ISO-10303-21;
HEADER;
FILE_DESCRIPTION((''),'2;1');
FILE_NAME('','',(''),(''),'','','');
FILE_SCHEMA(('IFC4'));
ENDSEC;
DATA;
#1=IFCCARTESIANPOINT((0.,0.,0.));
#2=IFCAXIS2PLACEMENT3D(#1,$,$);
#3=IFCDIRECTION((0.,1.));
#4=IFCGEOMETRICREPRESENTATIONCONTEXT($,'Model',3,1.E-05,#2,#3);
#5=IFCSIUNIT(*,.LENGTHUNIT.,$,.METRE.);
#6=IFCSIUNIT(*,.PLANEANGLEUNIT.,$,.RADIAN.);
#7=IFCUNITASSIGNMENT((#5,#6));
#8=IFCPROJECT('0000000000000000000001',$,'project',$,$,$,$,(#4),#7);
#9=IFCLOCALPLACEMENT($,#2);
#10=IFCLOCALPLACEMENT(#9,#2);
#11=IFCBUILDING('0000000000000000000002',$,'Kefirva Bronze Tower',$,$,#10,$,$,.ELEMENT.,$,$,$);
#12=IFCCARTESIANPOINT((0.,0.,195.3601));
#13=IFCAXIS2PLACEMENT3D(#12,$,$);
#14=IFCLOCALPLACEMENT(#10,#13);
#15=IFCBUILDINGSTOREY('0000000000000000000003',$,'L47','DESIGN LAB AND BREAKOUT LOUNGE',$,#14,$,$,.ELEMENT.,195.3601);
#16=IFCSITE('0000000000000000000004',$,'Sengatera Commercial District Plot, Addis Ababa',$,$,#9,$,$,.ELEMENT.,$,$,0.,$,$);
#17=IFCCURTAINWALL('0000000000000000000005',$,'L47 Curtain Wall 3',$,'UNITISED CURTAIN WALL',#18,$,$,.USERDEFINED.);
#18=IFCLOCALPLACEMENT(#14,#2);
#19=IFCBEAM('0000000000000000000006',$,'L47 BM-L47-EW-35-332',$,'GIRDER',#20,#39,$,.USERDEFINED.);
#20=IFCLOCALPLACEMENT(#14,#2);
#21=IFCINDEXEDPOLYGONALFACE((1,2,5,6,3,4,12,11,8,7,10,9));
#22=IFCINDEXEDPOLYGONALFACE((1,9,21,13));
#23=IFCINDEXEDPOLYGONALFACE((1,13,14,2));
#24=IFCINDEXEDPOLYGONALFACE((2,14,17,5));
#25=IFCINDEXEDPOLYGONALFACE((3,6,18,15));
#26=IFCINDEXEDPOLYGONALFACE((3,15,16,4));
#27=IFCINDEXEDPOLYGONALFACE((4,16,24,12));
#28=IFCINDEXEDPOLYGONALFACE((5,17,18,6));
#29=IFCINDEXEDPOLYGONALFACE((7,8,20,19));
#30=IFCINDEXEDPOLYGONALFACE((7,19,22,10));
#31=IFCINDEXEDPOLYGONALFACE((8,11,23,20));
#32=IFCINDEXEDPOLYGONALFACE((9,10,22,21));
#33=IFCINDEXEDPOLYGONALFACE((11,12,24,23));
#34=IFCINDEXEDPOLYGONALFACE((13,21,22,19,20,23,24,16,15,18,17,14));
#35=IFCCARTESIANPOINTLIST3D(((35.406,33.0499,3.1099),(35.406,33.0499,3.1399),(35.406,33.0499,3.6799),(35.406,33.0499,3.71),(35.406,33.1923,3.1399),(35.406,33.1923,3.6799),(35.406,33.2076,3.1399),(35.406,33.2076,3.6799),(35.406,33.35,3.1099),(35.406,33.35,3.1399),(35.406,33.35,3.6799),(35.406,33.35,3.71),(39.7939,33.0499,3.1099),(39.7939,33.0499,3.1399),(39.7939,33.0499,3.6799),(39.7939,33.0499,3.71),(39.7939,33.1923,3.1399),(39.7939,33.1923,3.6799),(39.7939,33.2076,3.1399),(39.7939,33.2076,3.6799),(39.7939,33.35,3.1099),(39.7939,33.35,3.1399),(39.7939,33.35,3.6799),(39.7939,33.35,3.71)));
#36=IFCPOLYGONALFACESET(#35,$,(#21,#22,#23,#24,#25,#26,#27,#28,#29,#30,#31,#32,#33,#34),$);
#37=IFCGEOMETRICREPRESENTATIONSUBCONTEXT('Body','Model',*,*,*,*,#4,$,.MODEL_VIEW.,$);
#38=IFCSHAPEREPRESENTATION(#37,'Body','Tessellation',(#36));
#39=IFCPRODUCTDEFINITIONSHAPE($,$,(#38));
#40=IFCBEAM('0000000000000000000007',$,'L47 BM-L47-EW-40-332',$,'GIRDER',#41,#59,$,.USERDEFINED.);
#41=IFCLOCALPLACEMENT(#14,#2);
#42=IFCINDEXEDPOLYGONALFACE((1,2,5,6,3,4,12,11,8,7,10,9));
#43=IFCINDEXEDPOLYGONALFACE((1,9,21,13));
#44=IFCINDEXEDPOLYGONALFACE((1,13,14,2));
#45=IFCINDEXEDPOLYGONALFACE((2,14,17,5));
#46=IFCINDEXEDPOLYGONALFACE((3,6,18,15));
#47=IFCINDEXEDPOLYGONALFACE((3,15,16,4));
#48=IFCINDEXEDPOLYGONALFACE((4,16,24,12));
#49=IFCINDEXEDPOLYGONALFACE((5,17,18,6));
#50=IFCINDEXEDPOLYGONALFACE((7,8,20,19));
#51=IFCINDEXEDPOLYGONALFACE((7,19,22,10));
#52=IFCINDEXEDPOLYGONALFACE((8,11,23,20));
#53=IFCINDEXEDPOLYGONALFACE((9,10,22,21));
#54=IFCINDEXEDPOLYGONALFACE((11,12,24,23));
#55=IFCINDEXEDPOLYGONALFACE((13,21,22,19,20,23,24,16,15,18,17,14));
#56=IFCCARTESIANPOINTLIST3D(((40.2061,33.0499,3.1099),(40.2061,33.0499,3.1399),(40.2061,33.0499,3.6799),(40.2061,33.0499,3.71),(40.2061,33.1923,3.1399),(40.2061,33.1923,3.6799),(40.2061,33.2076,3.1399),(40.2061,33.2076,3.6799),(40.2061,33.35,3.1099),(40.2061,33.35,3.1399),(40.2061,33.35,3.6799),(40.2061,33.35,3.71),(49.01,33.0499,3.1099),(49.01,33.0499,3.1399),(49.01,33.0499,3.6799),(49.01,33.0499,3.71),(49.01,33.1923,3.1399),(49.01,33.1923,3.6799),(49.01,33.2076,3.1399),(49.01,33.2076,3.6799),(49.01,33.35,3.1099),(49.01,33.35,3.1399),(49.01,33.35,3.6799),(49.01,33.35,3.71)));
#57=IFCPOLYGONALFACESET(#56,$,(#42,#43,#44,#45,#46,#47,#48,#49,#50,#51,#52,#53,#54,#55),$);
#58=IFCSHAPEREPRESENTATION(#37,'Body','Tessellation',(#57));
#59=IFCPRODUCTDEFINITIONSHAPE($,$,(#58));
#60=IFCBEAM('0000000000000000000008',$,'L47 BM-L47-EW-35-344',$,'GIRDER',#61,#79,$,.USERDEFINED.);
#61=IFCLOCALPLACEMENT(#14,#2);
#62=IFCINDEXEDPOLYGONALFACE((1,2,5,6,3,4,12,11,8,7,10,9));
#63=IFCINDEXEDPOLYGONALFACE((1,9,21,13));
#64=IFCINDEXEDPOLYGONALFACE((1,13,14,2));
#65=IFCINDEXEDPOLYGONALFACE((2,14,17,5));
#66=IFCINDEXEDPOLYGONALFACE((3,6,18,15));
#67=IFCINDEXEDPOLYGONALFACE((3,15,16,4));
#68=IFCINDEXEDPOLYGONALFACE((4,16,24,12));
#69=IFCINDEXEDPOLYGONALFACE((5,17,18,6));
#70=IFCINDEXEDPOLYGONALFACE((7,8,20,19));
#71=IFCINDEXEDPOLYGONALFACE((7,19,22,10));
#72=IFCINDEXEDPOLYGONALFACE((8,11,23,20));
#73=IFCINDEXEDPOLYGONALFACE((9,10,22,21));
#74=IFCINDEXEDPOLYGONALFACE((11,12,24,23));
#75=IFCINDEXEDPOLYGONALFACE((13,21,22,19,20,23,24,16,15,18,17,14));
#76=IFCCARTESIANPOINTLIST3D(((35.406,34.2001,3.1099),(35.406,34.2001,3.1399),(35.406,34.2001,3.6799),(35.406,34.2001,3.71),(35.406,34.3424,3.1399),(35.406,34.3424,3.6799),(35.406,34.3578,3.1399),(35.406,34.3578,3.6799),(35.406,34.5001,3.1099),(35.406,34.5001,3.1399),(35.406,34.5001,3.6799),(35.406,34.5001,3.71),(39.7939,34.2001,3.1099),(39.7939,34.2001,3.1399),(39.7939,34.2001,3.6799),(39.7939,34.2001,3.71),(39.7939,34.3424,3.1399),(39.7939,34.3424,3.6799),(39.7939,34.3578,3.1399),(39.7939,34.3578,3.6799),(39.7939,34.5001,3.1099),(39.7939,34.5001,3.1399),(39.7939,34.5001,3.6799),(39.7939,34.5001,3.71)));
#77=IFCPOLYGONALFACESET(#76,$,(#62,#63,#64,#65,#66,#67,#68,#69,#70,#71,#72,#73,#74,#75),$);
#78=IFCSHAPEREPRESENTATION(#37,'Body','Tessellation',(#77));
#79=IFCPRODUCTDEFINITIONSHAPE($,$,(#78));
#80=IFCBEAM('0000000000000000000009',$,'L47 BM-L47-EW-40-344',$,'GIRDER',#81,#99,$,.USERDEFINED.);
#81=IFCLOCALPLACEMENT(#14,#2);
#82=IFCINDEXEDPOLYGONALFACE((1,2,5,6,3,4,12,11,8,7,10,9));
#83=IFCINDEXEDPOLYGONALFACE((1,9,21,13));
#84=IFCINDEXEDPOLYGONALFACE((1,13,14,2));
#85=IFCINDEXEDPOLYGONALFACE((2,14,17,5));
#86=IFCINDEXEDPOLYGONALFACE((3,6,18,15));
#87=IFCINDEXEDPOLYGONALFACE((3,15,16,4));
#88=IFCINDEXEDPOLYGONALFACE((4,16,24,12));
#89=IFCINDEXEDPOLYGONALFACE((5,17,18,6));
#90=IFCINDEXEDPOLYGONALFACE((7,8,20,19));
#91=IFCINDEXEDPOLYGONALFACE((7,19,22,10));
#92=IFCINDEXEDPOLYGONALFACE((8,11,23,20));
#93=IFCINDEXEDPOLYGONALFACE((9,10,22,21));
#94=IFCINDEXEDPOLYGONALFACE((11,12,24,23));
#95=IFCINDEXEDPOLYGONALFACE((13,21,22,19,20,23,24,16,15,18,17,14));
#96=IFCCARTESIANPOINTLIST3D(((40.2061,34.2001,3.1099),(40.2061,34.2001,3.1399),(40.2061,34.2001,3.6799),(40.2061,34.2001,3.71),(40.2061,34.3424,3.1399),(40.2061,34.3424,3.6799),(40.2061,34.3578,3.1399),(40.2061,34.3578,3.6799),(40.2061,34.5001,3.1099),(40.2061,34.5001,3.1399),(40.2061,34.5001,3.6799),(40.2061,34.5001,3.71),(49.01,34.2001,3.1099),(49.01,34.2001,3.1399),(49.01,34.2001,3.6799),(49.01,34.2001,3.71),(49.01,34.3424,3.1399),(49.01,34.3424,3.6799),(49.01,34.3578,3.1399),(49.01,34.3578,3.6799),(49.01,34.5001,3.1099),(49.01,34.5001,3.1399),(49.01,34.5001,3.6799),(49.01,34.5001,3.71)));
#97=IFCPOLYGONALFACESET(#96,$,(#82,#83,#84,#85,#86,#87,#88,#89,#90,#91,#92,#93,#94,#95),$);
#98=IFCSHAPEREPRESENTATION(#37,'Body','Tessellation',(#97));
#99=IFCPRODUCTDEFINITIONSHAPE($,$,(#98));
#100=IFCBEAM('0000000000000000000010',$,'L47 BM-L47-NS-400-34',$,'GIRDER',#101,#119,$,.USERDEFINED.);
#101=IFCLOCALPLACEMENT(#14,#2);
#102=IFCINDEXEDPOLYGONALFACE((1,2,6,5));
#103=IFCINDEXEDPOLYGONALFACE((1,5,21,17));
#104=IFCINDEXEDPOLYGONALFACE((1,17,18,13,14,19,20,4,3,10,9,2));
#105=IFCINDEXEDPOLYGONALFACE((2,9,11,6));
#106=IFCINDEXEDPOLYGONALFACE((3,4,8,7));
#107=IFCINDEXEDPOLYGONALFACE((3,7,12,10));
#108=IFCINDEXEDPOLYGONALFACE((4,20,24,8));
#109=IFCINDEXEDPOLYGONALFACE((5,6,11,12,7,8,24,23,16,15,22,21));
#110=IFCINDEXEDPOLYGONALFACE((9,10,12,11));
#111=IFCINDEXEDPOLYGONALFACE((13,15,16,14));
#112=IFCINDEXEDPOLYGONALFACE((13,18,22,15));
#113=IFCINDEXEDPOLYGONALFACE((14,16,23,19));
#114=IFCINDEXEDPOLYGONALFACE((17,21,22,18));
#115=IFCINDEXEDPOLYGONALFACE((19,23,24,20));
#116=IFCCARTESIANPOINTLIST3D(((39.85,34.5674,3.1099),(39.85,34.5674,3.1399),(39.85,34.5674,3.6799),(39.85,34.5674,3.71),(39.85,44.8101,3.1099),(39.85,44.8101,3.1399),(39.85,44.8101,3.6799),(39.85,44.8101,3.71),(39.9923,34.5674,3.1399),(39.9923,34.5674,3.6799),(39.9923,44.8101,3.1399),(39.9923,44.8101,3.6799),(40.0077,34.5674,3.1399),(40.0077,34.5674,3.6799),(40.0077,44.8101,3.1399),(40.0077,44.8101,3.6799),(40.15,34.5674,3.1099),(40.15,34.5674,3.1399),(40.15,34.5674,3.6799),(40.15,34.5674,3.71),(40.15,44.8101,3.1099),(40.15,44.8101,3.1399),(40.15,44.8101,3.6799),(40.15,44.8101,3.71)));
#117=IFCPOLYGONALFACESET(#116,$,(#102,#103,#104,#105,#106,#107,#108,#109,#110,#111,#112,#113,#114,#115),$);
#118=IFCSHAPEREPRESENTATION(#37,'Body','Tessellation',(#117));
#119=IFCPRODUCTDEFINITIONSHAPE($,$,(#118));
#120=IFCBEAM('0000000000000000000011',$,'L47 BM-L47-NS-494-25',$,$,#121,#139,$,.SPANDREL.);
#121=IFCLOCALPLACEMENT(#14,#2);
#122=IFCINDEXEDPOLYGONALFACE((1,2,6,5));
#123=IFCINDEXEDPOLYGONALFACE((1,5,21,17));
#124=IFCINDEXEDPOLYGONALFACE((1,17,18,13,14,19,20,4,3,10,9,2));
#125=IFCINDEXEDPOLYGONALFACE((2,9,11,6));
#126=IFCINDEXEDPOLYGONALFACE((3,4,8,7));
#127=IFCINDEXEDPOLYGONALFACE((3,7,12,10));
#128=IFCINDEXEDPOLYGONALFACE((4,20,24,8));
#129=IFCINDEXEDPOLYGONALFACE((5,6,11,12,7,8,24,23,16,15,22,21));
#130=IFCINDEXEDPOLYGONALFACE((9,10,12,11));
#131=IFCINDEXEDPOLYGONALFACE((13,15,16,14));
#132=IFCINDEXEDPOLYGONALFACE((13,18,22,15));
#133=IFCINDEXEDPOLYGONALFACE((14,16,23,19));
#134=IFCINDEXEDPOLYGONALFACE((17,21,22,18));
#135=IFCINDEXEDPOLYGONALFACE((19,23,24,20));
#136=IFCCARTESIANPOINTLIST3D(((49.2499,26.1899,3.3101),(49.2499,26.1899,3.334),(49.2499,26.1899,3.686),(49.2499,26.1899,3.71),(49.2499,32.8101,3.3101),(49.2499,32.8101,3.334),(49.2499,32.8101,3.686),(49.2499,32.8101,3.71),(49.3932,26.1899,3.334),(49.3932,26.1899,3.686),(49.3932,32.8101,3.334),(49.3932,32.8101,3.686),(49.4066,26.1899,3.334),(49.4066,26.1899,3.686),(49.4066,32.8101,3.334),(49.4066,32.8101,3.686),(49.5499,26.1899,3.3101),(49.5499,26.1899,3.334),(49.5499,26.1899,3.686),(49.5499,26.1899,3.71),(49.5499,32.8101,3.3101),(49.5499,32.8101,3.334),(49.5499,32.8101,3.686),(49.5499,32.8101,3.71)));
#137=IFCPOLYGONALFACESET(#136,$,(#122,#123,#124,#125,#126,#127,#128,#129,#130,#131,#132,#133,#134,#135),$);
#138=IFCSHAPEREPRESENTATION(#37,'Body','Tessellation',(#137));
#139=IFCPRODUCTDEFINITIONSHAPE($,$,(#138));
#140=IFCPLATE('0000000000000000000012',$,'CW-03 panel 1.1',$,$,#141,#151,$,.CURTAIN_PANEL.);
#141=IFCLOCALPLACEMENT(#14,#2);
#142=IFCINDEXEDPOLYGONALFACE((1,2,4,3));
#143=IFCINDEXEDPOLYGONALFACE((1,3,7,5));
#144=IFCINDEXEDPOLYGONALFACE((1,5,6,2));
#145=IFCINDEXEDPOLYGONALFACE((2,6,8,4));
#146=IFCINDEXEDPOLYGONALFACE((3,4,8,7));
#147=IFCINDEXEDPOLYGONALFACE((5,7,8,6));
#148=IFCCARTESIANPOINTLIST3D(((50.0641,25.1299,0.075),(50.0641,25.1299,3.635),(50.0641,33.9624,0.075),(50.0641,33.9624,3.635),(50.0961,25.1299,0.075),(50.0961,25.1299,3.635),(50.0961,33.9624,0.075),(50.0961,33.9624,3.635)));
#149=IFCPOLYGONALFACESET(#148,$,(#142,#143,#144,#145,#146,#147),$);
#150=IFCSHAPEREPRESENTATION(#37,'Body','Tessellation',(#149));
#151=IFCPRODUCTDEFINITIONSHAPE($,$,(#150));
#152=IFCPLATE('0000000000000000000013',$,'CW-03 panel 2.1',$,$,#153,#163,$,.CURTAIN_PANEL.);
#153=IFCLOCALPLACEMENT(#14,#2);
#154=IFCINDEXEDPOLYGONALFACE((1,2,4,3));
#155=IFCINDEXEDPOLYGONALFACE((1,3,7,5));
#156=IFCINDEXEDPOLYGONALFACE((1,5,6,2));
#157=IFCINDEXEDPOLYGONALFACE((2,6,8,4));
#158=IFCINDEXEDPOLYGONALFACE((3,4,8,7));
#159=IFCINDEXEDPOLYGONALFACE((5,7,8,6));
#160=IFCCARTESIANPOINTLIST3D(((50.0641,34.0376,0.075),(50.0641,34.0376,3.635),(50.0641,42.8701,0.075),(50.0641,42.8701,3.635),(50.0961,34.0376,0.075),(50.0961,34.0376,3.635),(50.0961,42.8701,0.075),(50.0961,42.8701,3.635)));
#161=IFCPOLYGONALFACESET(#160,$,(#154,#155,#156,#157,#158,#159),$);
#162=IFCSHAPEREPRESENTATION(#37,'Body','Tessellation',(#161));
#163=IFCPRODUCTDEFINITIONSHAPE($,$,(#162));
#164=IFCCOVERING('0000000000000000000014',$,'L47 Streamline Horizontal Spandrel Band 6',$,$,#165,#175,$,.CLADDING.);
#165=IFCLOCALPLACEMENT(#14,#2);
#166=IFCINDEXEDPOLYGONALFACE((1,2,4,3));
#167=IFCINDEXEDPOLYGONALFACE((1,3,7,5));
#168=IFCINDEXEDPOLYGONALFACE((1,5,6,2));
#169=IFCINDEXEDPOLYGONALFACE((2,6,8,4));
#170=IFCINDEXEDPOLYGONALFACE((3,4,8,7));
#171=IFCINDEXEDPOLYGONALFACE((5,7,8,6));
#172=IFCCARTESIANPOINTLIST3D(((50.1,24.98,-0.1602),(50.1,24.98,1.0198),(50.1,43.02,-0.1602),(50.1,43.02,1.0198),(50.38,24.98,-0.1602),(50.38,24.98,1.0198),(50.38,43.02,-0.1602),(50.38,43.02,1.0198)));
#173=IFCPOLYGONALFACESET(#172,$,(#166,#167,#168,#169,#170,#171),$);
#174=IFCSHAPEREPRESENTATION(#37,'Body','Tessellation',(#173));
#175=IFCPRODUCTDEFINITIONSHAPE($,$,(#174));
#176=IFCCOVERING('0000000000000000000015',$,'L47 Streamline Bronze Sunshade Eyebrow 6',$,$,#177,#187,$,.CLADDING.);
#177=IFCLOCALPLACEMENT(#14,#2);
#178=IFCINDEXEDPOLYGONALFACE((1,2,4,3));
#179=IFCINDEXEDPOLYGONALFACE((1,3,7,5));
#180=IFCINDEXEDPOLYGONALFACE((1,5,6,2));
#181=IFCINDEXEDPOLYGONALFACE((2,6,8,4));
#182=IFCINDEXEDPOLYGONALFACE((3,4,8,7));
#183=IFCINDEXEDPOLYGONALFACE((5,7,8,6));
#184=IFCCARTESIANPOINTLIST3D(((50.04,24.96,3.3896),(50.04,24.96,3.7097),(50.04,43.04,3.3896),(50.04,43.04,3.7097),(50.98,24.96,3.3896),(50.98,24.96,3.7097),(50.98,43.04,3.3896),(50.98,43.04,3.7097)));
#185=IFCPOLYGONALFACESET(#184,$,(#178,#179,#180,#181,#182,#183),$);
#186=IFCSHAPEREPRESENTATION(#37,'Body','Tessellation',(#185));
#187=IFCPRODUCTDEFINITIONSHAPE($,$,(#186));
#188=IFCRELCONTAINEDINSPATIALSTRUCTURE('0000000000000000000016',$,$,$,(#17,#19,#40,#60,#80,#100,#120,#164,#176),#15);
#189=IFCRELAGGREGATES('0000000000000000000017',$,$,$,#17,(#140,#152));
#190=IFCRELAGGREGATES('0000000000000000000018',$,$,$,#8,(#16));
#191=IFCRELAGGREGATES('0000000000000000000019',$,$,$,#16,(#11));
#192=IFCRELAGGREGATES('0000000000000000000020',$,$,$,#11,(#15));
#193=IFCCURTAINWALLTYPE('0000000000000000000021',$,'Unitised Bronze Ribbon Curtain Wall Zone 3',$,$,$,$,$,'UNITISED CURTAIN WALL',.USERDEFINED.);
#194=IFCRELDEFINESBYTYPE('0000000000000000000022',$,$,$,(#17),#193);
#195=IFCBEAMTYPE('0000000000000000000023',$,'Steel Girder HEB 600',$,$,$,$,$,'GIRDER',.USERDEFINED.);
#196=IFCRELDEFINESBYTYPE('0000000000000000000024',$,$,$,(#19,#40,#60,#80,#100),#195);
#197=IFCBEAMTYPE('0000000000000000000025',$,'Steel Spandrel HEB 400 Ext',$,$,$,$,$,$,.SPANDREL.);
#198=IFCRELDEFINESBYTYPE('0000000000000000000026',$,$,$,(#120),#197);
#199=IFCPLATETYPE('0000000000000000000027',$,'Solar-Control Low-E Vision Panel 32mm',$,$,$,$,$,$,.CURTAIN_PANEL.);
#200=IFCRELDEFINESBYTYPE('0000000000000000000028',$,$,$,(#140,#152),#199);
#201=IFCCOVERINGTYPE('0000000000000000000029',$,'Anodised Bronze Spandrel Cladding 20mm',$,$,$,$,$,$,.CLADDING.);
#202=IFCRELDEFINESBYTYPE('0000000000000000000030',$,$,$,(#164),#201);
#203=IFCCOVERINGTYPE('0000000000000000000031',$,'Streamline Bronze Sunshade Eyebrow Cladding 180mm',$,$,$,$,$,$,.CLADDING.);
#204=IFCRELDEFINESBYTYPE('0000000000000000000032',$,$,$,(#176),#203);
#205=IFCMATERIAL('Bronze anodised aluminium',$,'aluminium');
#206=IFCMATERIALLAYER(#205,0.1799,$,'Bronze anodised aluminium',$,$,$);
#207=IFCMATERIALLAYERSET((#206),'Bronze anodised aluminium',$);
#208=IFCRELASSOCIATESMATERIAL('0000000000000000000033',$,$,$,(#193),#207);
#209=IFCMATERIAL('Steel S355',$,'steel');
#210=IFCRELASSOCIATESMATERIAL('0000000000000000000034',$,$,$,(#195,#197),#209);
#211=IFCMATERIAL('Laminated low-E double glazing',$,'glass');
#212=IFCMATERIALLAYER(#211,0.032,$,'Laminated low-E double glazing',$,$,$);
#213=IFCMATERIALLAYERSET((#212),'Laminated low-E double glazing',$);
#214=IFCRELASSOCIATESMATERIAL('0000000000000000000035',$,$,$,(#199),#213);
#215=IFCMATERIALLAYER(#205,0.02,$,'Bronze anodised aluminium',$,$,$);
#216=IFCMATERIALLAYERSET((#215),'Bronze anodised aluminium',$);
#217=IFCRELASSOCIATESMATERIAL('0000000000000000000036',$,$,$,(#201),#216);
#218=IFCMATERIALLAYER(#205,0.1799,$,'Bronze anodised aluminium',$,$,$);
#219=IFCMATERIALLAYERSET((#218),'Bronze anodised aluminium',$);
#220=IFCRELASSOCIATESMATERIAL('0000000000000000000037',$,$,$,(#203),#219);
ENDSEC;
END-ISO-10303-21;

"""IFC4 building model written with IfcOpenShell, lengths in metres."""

from ifc_helpers import new_model, si_unit, direction, frame, origin, origin_2d, place, context, subcontext, project, spatial, rectangle, i_section, extrude, material, layer, layer_set, material_profile, profile_set, type_object, element, aggregate, save


model = new_model("IFC4")

# Units and contexts
model_context = context("Model", 3, precision=1e-05, world=origin(), true_north=direction((0.0, 1.0)))
body_context = subcontext(model_context, "Body", "Model", "MODEL_VIEW")
ifc_project = project(units=[si_unit("LENGTHUNIT", "METRE"), si_unit("PLANEANGLEUNIT", "RADIAN")], contexts=[model_context])

# Site, building, storey
site_placement = place(None, origin())
site = spatial("IfcSite", under=ifc_project, at=site_placement, Name="Sengatera Commercial District Plot, Addis Ababa", CompositionType="ELEMENT", RefElevation=0.0)
building_placement = place(site_placement, origin())
building = spatial("IfcBuilding", under=site, at=building_placement, Name="Kefirva Bronze Tower", CompositionType="ELEMENT")
storey_placement = place(building_placement, frame((0.0, 0.0, 195.3601)))
storey = spatial("IfcBuildingStorey", under=building, at=storey_placement, Name="L47", Description="DESIGN LAB AND BREAKOUT LOUNGE", CompositionType="ELEMENT", Elevation=195.3601)

# Curtain wall
ifc_material_1 = material(Name="Bronze anodised aluminium", Category="aluminium")
ifc_layer_1 = layer(ifc_material_1, 0.1799, Name="Bronze anodised aluminium")
ifc_layer_set_1 = layer_set([ifc_layer_1], Name="Bronze anodised aluminium")
curtain_wall_type = type_object("IfcCurtainWallType", Name="Unitised Bronze Ribbon Curtain Wall Zone 3", ElementType="UNITISED CURTAIN WALL", PredefinedType="USERDEFINED", material=ifc_layer_set_1)
curtain_wall_placement = place(storey_placement, origin())
curtain_wall = element("IfcCurtainWall", 1, at=curtain_wall_placement, inside=storey, type_object=curtain_wall_type, Name="L47 Curtain Wall 3", ObjectType="UNITISED CURTAIN WALL", PredefinedType="USERDEFINED")

# Beams
ifc_material_2 = material(Name="Steel S355", Category="steel")
ifc_material_profile_1 = material_profile(ifc_material_2, i_section(OverallWidth=0.3, OverallDepth=0.6001, WebThickness=0.0154, FlangeThickness=0.03, at=origin_2d()), Name="HEB 600")
ifc_profile_set_1 = profile_set([ifc_material_profile_1], Name="Steel S355")
beam_type_1 = type_object("IfcBeamType", Name="Steel Girder HEB 600", ElementType="GIRDER", PredefinedType="USERDEFINED", material=ifc_profile_set_1)
beam_1_placement = place(storey_placement, frame((35.406, 33.2, 3.4099), z_axis=(1.0, 0.0, 0.0), x_axis=(0.0, 1.0, 0.0)))
element("IfcBeam", 2, at=beam_1_placement, inside=storey, type_object=beam_type_1, Name="L47 BM-L47-EW-35-332", ObjectType="GIRDER", PredefinedType="USERDEFINED", context=body_context, shape_type="SweptSolid", body=[
    extrude(i_section(OverallWidth=0.3, OverallDepth=0.6001, WebThickness=0.0154, FlangeThickness=0.03, at=origin_2d()), origin(), (0.0, 0.0, 1.0), 4.3879),
])
beam_2_placement = place(storey_placement, frame((40.2061, 33.2, 3.4099), z_axis=(1.0, 0.0, 0.0), x_axis=(0.0, 1.0, 0.0)))
element("IfcBeam", 3, at=beam_2_placement, inside=storey, type_object=beam_type_1, Name="L47 BM-L47-EW-40-332", ObjectType="GIRDER", PredefinedType="USERDEFINED", context=body_context, shape_type="SweptSolid", body=[
    extrude(i_section(OverallWidth=0.3, OverallDepth=0.6001, WebThickness=0.0154, FlangeThickness=0.03, at=origin_2d()), origin(), (0.0, 0.0, 1.0), 8.804),
])
beam_3_placement = place(storey_placement, frame((35.406, 34.3501, 3.4099), z_axis=(1.0, 0.0, 0.0), x_axis=(0.0, 1.0, 0.0)))
element("IfcBeam", 4, at=beam_3_placement, inside=storey, type_object=beam_type_1, Name="L47 BM-L47-EW-35-344", ObjectType="GIRDER", PredefinedType="USERDEFINED", context=body_context, shape_type="SweptSolid", body=[
    extrude(i_section(OverallWidth=0.3, OverallDepth=0.6001, WebThickness=0.0154, FlangeThickness=0.03, at=origin_2d()), origin(), (0.0, 0.0, 1.0), 4.3879),
])
beam_4_placement = place(storey_placement, frame((40.2061, 34.3501, 3.4099), z_axis=(1.0, 0.0, 0.0), x_axis=(0.0, 1.0, 0.0)))
element("IfcBeam", 5, at=beam_4_placement, inside=storey, type_object=beam_type_1, Name="L47 BM-L47-EW-40-344", ObjectType="GIRDER", PredefinedType="USERDEFINED", context=body_context, shape_type="SweptSolid", body=[
    extrude(i_section(OverallWidth=0.3, OverallDepth=0.6001, WebThickness=0.0154, FlangeThickness=0.03, at=origin_2d()), origin(), (0.0, 0.0, 1.0), 8.804),
])
beam_5_placement = place(storey_placement, frame((40.0, 34.5674, 3.4099), z_axis=(0.0, 1.0, 0.0), x_axis=(-1.0, 0.0, 0.0)))
element("IfcBeam", 6, at=beam_5_placement, inside=storey, type_object=beam_type_1, Name="L47 BM-L47-NS-400-34", ObjectType="GIRDER", PredefinedType="USERDEFINED", context=body_context, shape_type="SweptSolid", body=[
    extrude(i_section(OverallWidth=0.3, OverallDepth=0.6001, WebThickness=0.0154, FlangeThickness=0.03, at=origin_2d()), origin(), (0.0, 0.0, 1.0), 10.2427),
])
ifc_material_profile_2 = material_profile(ifc_material_2, i_section(OverallWidth=0.3, OverallDepth=0.3999, WebThickness=0.0134, FlangeThickness=0.0239, at=origin_2d()), Name="HEB 400")
ifc_profile_set_2 = profile_set([ifc_material_profile_2], Name="Steel S355")
beam_type_2 = type_object("IfcBeamType", Name="Steel Spandrel HEB 400 Ext", PredefinedType="SPANDREL", material=ifc_profile_set_2)
beam_6_placement = place(storey_placement, frame((49.3999, 26.1899, 3.51), z_axis=(0.0, 1.0, 0.0), x_axis=(-1.0, 0.0, 0.0)))
element("IfcBeam", 7, at=beam_6_placement, inside=storey, type_object=beam_type_2, Name="L47 BM-L47-NS-494-25", PredefinedType="SPANDREL", context=body_context, shape_type="SweptSolid", body=[
    extrude(i_section(OverallWidth=0.3, OverallDepth=0.3999, WebThickness=0.0134, FlangeThickness=0.0239, at=origin_2d()), origin(), (0.0, 0.0, 1.0), 6.6201),
])

# Plates
ifc_material_3 = material(Name="Laminated low-E double glazing", Category="glass")
ifc_layer_2 = layer(ifc_material_3, 0.032, Name="Laminated low-E double glazing")
ifc_layer_set_2 = layer_set([ifc_layer_2], Name="Laminated low-E double glazing")
plate_type = type_object("IfcPlateType", Name="Solar-Control Low-E Vision Panel 32mm", PredefinedType="CURTAIN_PANEL", material=ifc_layer_set_2)
plate_1_placement = place(storey_placement, frame((50.0801, 29.5461, 0.075), z_axis=(0.0, 0.0, 1.0), x_axis=(0.0, 1.0, 0.0)))
plate_1 = element("IfcPlate", 8, at=plate_1_placement, type_object=plate_type, Name="CW-03 panel 1.1", PredefinedType="CURTAIN_PANEL", context=body_context, shape_type="SweptSolid", body=[
    extrude(rectangle(XDim=8.8325, YDim=0.032, at=origin_2d()), origin(), (0.0, 0.0, 1.0), 3.5601),
])
plate_2_placement = place(storey_placement, frame((50.0801, 38.4539, 0.075), z_axis=(0.0, 0.0, 1.0), x_axis=(0.0, 1.0, 0.0)))
plate_2 = element("IfcPlate", 9, at=plate_2_placement, type_object=plate_type, Name="CW-03 panel 2.1", PredefinedType="CURTAIN_PANEL", context=body_context, shape_type="SweptSolid", body=[
    extrude(rectangle(XDim=8.8325, YDim=0.032, at=origin_2d()), origin(), (0.0, 0.0, 1.0), 3.5601),
])
aggregate(curtain_wall, [plate_1, plate_2])

# Coverings
ifc_layer_3 = layer(ifc_material_1, 0.02, Name="Bronze anodised aluminium")
ifc_layer_set_3 = layer_set([ifc_layer_3], Name="Bronze anodised aluminium")
covering_type_1 = type_object("IfcCoveringType", Name="Anodised Bronze Spandrel Cladding 20mm", PredefinedType="CLADDING", material=ifc_layer_set_3)
covering_1_placement = place(storey_placement, frame((50.24, 34.0, -0.1602), z_axis=(0.0, 0.0, 1.0), x_axis=(0.0, 1.0, 0.0)))
element("IfcCovering", 10, at=covering_1_placement, inside=storey, type_object=covering_type_1, Name="L47 Streamline Horizontal Spandrel Band 6", PredefinedType="CLADDING", context=body_context, shape_type="SweptSolid", body=[
    extrude(rectangle(XDim=18.04, YDim=0.28, at=origin_2d()), origin(), (0.0, 0.0, 1.0), 1.1799),
])
ifc_layer_4 = layer(ifc_material_1, 0.1799, Name="Bronze anodised aluminium")
ifc_layer_set_4 = layer_set([ifc_layer_4], Name="Bronze anodised aluminium")
covering_type_2 = type_object("IfcCoveringType", Name="Streamline Bronze Sunshade Eyebrow Cladding 180mm", PredefinedType="CLADDING", material=ifc_layer_set_4)
covering_2_placement = place(storey_placement, frame((50.51, 34.0, 3.3896), z_axis=(0.0, 0.0, 1.0), x_axis=(0.0, 1.0, 0.0)))
element("IfcCovering", 11, at=covering_2_placement, inside=storey, type_object=covering_type_2, Name="L47 Streamline Bronze Sunshade Eyebrow 6", PredefinedType="CLADDING", context=body_context, shape_type="SweptSolid", body=[
    extrude(rectangle(XDim=18.0801, YDim=0.9399, at=origin_2d()), origin(), (0.0, 0.0, 1.0), 0.3201),
])

save(model, "model.ifc")
